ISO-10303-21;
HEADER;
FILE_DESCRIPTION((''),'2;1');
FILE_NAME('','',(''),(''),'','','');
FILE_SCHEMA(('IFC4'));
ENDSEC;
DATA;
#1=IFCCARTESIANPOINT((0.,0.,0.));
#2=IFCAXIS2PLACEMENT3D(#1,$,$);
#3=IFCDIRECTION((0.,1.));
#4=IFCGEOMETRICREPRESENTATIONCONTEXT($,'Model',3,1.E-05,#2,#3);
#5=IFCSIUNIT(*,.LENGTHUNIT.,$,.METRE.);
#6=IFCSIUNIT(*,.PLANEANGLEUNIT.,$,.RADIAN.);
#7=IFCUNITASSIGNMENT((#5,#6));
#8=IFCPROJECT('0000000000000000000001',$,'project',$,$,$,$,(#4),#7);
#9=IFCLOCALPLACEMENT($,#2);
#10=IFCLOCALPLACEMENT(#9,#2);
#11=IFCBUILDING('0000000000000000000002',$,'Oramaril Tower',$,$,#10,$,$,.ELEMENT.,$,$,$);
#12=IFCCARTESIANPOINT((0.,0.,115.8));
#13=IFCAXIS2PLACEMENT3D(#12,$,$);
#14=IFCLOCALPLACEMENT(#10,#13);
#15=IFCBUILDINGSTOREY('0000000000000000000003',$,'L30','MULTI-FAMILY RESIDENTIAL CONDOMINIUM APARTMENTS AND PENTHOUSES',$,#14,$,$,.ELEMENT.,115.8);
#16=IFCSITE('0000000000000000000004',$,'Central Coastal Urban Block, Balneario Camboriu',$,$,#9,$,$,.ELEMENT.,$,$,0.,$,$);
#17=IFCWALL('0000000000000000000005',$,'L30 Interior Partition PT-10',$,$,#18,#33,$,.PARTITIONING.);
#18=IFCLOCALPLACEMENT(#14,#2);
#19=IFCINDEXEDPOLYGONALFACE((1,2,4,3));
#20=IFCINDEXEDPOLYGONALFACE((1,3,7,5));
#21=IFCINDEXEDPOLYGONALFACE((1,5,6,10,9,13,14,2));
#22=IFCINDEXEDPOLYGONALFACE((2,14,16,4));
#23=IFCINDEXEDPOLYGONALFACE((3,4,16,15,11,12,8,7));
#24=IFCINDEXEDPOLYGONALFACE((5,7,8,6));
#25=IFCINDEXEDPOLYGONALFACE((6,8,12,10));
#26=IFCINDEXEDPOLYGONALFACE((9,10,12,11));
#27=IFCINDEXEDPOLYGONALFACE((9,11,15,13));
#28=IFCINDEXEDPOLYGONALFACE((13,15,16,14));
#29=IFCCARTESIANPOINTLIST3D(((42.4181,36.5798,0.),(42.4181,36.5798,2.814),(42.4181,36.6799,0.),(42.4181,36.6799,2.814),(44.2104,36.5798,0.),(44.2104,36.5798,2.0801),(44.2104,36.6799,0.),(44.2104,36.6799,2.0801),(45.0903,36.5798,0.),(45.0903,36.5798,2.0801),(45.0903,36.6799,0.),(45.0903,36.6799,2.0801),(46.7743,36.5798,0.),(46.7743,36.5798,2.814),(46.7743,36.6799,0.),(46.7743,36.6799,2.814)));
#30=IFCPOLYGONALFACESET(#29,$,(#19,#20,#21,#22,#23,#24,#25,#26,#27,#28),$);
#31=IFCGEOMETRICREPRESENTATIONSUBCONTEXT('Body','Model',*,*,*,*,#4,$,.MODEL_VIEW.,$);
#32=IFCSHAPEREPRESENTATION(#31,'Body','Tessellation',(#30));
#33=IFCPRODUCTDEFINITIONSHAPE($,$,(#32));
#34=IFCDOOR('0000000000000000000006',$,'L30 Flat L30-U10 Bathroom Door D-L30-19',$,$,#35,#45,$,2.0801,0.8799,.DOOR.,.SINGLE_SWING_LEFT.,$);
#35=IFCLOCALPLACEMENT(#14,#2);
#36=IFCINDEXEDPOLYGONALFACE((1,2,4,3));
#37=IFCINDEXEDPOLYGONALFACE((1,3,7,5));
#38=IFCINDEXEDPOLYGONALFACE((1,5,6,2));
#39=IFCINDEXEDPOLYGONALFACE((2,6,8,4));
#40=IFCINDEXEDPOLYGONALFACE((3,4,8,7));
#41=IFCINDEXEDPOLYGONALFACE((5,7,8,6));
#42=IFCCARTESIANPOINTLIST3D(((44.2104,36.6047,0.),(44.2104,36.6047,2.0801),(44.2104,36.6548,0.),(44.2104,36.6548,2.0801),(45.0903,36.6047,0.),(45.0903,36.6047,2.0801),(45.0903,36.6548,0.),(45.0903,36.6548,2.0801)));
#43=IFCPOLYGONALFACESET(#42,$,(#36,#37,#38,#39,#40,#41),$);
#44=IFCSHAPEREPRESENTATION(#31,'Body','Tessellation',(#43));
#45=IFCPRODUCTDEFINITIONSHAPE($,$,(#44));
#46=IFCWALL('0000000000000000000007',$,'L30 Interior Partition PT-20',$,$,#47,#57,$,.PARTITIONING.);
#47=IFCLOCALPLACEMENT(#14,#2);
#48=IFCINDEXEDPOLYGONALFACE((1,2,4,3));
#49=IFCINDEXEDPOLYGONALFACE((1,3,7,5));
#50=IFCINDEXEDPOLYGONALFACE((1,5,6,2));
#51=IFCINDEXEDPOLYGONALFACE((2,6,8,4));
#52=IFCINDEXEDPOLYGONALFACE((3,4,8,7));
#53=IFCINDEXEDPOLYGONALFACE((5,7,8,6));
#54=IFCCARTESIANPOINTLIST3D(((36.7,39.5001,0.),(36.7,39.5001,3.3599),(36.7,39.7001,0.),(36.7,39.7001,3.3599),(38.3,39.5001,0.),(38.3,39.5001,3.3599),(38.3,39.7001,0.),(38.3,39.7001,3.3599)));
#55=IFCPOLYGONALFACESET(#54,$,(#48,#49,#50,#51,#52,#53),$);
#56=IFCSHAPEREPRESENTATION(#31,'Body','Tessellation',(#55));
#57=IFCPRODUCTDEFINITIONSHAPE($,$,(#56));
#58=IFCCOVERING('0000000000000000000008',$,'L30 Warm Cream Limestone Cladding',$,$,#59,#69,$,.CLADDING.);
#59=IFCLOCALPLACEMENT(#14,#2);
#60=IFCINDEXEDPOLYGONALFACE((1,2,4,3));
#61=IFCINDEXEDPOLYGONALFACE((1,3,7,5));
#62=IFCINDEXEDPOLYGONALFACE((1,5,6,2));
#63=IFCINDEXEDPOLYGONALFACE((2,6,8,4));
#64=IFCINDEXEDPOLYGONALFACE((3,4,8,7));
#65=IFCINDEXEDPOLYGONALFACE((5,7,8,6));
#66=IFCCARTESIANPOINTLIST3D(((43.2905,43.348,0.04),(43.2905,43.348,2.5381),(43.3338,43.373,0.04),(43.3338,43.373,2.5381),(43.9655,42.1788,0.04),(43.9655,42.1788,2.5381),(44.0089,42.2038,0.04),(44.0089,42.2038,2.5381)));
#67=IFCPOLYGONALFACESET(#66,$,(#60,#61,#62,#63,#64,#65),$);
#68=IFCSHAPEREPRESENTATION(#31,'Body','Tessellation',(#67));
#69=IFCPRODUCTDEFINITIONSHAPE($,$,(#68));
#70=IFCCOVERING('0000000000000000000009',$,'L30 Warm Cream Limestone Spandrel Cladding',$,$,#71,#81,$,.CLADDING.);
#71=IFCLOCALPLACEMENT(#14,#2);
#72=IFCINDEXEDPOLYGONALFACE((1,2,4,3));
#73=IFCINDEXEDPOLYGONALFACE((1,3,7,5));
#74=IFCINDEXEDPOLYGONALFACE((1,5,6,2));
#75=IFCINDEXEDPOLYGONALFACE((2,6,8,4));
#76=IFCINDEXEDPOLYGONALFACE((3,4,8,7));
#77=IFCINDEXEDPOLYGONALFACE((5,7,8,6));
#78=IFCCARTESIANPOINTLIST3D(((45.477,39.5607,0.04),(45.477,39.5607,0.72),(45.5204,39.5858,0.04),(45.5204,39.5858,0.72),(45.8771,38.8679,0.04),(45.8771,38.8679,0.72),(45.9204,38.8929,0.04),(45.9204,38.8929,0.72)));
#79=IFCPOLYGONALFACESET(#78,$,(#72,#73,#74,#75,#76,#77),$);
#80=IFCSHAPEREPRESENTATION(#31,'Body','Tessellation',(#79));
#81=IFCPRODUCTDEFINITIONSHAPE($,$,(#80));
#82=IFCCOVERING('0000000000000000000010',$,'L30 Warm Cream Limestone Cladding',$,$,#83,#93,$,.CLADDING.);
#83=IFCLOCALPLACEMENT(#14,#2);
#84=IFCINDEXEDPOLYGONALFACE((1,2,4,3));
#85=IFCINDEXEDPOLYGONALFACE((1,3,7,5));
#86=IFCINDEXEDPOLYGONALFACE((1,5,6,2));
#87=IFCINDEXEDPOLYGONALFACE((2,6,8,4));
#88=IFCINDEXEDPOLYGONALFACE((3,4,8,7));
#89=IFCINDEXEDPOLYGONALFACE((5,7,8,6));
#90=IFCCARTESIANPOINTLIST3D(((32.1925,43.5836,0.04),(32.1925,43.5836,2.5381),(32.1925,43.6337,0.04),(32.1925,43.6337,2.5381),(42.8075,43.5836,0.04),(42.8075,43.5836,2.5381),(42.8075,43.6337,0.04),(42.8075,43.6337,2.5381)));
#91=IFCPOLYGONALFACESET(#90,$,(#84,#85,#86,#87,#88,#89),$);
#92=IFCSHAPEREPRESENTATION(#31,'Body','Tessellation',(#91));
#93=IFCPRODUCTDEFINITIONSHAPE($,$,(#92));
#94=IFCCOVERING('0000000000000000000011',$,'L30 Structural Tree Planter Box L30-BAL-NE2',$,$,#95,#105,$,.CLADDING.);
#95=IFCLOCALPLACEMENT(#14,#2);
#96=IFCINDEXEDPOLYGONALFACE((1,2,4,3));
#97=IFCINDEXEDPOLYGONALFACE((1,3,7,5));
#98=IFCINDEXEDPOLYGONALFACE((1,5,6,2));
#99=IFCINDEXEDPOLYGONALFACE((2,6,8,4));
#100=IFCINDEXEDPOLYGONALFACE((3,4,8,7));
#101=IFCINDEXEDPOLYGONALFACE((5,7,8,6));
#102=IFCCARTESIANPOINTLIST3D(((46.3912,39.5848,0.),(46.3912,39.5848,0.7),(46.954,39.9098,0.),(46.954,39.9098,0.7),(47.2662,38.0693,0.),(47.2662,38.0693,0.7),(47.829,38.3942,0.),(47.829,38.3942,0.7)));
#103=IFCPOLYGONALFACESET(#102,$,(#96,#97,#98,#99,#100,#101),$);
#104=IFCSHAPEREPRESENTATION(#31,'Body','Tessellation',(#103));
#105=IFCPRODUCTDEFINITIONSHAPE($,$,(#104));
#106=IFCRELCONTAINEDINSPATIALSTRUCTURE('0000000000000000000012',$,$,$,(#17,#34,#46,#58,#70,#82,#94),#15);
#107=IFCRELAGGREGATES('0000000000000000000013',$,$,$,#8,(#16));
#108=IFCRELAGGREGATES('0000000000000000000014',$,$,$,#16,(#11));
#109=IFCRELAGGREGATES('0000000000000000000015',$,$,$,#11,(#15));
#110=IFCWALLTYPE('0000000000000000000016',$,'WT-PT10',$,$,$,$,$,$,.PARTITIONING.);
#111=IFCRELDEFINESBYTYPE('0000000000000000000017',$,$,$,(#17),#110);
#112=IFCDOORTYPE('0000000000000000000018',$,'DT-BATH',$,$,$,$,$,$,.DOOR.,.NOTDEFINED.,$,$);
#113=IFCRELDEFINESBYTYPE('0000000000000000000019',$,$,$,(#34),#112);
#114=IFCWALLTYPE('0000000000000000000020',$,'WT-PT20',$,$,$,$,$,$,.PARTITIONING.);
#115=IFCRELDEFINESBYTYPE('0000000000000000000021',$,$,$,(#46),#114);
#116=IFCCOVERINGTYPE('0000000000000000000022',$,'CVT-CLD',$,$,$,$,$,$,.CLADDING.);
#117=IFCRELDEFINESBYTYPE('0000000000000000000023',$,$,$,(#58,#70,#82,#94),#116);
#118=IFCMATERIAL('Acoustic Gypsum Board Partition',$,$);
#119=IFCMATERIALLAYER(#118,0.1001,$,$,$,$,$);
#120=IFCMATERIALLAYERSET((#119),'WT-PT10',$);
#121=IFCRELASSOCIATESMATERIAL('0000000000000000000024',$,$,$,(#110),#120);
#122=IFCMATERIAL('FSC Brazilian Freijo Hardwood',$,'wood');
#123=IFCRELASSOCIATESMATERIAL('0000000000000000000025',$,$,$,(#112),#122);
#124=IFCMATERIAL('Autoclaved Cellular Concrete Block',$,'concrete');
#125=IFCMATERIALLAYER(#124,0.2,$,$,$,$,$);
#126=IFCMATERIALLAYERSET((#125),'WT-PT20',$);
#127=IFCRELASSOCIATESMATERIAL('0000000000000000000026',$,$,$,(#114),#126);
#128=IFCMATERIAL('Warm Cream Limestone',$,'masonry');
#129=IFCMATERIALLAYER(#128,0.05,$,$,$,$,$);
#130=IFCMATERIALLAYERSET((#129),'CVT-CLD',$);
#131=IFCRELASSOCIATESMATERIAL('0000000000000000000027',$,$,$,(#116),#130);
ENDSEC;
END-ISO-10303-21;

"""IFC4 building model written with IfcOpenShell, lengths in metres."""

from ifc_helpers import new_model, si_unit, direction, frame, frame_2d, origin, origin_2d, place, context, subcontext, project, spatial, rectangle, extrude, material, layer, layer_set, type_object, element, fill, save


model = new_model("IFC4")

# Units and contexts
model_context = context("Model", 3, precision=1e-05, world=origin(), true_north=direction((0.0, 1.0)))
body_context = subcontext(model_context, "Body", "Model", "MODEL_VIEW")
ifc_project = project(units=[si_unit("LENGTHUNIT", "METRE"), si_unit("PLANEANGLEUNIT", "RADIAN")], contexts=[model_context])

# Site, building, storey
site_placement = place(None, origin())
site = spatial("IfcSite", under=ifc_project, at=site_placement, Name="Central Coastal Urban Block, Balneario Camboriu", CompositionType="ELEMENT", RefElevation=0.0)
building_placement = place(site_placement, origin())
building = spatial("IfcBuilding", under=site, at=building_placement, Name="Oramaril Tower", CompositionType="ELEMENT")
storey_placement = place(building_placement, frame((0.0, 0.0, 115.8)))
storey = spatial("IfcBuildingStorey", under=building, at=storey_placement, Name="L30", Description="MULTI-FAMILY RESIDENTIAL CONDOMINIUM APARTMENTS AND PENTHOUSES", CompositionType="ELEMENT", Elevation=115.8)

# Wall, opening, door
ifc_material_1 = material(Name="Acoustic Gypsum Board Partition")
ifc_layer_1 = layer(ifc_material_1, 0.1001)
ifc_layer_set_1 = layer_set([ifc_layer_1], Name="WT-PT10")
wall_type_1 = type_object("IfcWallType", Name="WT-PT10", PredefinedType="PARTITIONING", material=ifc_layer_set_1)
wall_1_placement = place(storey_placement, frame((42.418, 36.6299, 0.0), z_axis=(0.0, 0.0, 1.0), x_axis=(1.0, 0.0, 0.0)))
wall_1 = element("IfcWall", 1, at=wall_1_placement, inside=storey, type_object=wall_type_1, Name="L30 Interior Partition PT-10", PredefinedType="PARTITIONING", context=body_context, shape_type="SweptSolid", body=[
    extrude(rectangle(XDim=4.3562, YDim=0.1001, at=frame_2d((2.1782, 0.0))), origin(), (0.0, 0.0, 1.0), 2.814),
])
opening_placement = place(wall_1_placement, frame((1.7925, 0.0, 0.0)))
opening = element("IfcOpeningElement", 2, at=opening_placement, cuts=wall_1, PredefinedType="OPENING", context=body_context, shape_type="SweptSolid", body=[
    extrude(rectangle(XDim=0.8799, YDim=2.0801, at=frame_2d((0.4399, 1.04))), frame((0.0, 0.05, 0.0), z_axis=(0.0, -1.0, 0.0), x_axis=(1.0, 0.0, 0.0)), (0.0, 0.0, 1.0), 0.1001),
])
ifc_material_2 = material(Name="FSC Brazilian Freijo Hardwood", Category="wood")
door_type = type_object("IfcDoorType", Name="DT-BATH", OperationType="NOTDEFINED", PredefinedType="DOOR", material=ifc_material_2)
door_placement = place(opening_placement, origin())
door = element("IfcDoor", 3, at=door_placement, inside=storey, type_object=door_type, Name="L30 Flat L30-U10 Bathroom Door D-L30-19", OperationType="SINGLE_SWING_LEFT", OverallHeight=2.0801, OverallWidth=0.8799, PredefinedType="DOOR", context=body_context, shape_type="SweptSolid", body=[
    extrude(rectangle(XDim=0.8799, YDim=2.0801, at=frame_2d((0.4399, 1.04))), frame((0.0, 0.0249, 0.0), z_axis=(0.0, -1.0, 0.0), x_axis=(1.0, 0.0, 0.0)), (0.0, 0.0, 1.0), 0.05),
])
fill(opening, door)

# Wall
ifc_material_3 = material(Name="Autoclaved Cellular Concrete Block", Category="concrete")
ifc_layer_2 = layer(ifc_material_3, 0.2)
ifc_layer_set_2 = layer_set([ifc_layer_2], Name="WT-PT20")
wall_type_2 = type_object("IfcWallType", Name="WT-PT20", PredefinedType="PARTITIONING", material=ifc_layer_set_2)
wall_2_placement = place(storey_placement, frame((36.7, 39.6001, 0.0), z_axis=(0.0, 0.0, 1.0), x_axis=(1.0, 0.0, 0.0)))
element("IfcWall", 4, at=wall_2_placement, inside=storey, type_object=wall_type_2, Name="L30 Interior Partition PT-20", PredefinedType="PARTITIONING", context=body_context, shape_type="SweptSolid", body=[
    extrude(rectangle(XDim=1.6001, YDim=0.2, at=frame_2d((0.8, 0.0))), origin(), (0.0, 0.0, 1.0), 3.3599),
])

# Coverings
ifc_material_4 = material(Name="Warm Cream Limestone", Category="masonry")
ifc_layer_3 = layer(ifc_material_4, 0.05)
ifc_layer_set_3 = layer_set([ifc_layer_3], Name="CVT-CLD")
covering_type = type_object("IfcCoveringType", Name="CVT-CLD", PredefinedType="CLADDING", material=ifc_layer_set_3)
covering_1_placement = place(storey_placement, frame((43.6497, 42.7759, 0.04), z_axis=(0.0, 0.0, 1.0), x_axis=(-0.499998, 0.866026, 0.0)))
element("IfcCovering", 5, at=covering_1_placement, inside=storey, type_object=covering_type, Name="L30 Warm Cream Limestone Cladding", PredefinedType="CLADDING", context=body_context, shape_type="SweptSolid", body=[
    extrude(rectangle(XDim=1.3501, YDim=0.05, at=origin_2d()), origin(), (0.0, 0.0, 1.0), 2.498),
])
covering_2_placement = place(storey_placement, frame((45.6987, 39.2268, 0.04), z_axis=(0.0, 0.0, 1.0), x_axis=(-0.499998, 0.866026, 0.0)))
element("IfcCovering", 6, at=covering_2_placement, inside=storey, type_object=covering_type, Name="L30 Warm Cream Limestone Spandrel Cladding", PredefinedType="CLADDING", context=body_context, shape_type="SweptSolid", body=[
    extrude(rectangle(XDim=0.8, YDim=0.05, at=origin_2d()), origin(), (0.0, 0.0, 1.0), 0.6799),
])
covering_3_placement = place(storey_placement, frame((37.5, 43.6086, 0.04), z_axis=(0.0, 0.0, 1.0), x_axis=(-1.0, 0.0, 0.0)))
element("IfcCovering", 7, at=covering_3_placement, inside=storey, type_object=covering_type, Name="L30 Warm Cream Limestone Cladding", PredefinedType="CLADDING", context=body_context, shape_type="SweptSolid", body=[
    extrude(rectangle(XDim=10.615, YDim=0.05, at=origin_2d()), origin(), (0.0, 0.0, 1.0), 2.498),
])
covering_4_placement = place(storey_placement, frame((47.1101, 38.9895, 0.0), z_axis=(0.0, 0.0, 1.0), x_axis=(-0.499998, 0.866026, 0.0)))
element("IfcCovering", 8, at=covering_4_placement, inside=storey, type_object=covering_type, Name="L30 Structural Tree Planter Box L30-BAL-NE2", PredefinedType="CLADDING", context=body_context, shape_type="SweptSolid", body=[
    extrude(rectangle(XDim=1.75, YDim=0.6499, at=origin_2d()), origin(), (0.0, 0.0, 1.0), 0.7),
])

save(model, "model.ifc")
